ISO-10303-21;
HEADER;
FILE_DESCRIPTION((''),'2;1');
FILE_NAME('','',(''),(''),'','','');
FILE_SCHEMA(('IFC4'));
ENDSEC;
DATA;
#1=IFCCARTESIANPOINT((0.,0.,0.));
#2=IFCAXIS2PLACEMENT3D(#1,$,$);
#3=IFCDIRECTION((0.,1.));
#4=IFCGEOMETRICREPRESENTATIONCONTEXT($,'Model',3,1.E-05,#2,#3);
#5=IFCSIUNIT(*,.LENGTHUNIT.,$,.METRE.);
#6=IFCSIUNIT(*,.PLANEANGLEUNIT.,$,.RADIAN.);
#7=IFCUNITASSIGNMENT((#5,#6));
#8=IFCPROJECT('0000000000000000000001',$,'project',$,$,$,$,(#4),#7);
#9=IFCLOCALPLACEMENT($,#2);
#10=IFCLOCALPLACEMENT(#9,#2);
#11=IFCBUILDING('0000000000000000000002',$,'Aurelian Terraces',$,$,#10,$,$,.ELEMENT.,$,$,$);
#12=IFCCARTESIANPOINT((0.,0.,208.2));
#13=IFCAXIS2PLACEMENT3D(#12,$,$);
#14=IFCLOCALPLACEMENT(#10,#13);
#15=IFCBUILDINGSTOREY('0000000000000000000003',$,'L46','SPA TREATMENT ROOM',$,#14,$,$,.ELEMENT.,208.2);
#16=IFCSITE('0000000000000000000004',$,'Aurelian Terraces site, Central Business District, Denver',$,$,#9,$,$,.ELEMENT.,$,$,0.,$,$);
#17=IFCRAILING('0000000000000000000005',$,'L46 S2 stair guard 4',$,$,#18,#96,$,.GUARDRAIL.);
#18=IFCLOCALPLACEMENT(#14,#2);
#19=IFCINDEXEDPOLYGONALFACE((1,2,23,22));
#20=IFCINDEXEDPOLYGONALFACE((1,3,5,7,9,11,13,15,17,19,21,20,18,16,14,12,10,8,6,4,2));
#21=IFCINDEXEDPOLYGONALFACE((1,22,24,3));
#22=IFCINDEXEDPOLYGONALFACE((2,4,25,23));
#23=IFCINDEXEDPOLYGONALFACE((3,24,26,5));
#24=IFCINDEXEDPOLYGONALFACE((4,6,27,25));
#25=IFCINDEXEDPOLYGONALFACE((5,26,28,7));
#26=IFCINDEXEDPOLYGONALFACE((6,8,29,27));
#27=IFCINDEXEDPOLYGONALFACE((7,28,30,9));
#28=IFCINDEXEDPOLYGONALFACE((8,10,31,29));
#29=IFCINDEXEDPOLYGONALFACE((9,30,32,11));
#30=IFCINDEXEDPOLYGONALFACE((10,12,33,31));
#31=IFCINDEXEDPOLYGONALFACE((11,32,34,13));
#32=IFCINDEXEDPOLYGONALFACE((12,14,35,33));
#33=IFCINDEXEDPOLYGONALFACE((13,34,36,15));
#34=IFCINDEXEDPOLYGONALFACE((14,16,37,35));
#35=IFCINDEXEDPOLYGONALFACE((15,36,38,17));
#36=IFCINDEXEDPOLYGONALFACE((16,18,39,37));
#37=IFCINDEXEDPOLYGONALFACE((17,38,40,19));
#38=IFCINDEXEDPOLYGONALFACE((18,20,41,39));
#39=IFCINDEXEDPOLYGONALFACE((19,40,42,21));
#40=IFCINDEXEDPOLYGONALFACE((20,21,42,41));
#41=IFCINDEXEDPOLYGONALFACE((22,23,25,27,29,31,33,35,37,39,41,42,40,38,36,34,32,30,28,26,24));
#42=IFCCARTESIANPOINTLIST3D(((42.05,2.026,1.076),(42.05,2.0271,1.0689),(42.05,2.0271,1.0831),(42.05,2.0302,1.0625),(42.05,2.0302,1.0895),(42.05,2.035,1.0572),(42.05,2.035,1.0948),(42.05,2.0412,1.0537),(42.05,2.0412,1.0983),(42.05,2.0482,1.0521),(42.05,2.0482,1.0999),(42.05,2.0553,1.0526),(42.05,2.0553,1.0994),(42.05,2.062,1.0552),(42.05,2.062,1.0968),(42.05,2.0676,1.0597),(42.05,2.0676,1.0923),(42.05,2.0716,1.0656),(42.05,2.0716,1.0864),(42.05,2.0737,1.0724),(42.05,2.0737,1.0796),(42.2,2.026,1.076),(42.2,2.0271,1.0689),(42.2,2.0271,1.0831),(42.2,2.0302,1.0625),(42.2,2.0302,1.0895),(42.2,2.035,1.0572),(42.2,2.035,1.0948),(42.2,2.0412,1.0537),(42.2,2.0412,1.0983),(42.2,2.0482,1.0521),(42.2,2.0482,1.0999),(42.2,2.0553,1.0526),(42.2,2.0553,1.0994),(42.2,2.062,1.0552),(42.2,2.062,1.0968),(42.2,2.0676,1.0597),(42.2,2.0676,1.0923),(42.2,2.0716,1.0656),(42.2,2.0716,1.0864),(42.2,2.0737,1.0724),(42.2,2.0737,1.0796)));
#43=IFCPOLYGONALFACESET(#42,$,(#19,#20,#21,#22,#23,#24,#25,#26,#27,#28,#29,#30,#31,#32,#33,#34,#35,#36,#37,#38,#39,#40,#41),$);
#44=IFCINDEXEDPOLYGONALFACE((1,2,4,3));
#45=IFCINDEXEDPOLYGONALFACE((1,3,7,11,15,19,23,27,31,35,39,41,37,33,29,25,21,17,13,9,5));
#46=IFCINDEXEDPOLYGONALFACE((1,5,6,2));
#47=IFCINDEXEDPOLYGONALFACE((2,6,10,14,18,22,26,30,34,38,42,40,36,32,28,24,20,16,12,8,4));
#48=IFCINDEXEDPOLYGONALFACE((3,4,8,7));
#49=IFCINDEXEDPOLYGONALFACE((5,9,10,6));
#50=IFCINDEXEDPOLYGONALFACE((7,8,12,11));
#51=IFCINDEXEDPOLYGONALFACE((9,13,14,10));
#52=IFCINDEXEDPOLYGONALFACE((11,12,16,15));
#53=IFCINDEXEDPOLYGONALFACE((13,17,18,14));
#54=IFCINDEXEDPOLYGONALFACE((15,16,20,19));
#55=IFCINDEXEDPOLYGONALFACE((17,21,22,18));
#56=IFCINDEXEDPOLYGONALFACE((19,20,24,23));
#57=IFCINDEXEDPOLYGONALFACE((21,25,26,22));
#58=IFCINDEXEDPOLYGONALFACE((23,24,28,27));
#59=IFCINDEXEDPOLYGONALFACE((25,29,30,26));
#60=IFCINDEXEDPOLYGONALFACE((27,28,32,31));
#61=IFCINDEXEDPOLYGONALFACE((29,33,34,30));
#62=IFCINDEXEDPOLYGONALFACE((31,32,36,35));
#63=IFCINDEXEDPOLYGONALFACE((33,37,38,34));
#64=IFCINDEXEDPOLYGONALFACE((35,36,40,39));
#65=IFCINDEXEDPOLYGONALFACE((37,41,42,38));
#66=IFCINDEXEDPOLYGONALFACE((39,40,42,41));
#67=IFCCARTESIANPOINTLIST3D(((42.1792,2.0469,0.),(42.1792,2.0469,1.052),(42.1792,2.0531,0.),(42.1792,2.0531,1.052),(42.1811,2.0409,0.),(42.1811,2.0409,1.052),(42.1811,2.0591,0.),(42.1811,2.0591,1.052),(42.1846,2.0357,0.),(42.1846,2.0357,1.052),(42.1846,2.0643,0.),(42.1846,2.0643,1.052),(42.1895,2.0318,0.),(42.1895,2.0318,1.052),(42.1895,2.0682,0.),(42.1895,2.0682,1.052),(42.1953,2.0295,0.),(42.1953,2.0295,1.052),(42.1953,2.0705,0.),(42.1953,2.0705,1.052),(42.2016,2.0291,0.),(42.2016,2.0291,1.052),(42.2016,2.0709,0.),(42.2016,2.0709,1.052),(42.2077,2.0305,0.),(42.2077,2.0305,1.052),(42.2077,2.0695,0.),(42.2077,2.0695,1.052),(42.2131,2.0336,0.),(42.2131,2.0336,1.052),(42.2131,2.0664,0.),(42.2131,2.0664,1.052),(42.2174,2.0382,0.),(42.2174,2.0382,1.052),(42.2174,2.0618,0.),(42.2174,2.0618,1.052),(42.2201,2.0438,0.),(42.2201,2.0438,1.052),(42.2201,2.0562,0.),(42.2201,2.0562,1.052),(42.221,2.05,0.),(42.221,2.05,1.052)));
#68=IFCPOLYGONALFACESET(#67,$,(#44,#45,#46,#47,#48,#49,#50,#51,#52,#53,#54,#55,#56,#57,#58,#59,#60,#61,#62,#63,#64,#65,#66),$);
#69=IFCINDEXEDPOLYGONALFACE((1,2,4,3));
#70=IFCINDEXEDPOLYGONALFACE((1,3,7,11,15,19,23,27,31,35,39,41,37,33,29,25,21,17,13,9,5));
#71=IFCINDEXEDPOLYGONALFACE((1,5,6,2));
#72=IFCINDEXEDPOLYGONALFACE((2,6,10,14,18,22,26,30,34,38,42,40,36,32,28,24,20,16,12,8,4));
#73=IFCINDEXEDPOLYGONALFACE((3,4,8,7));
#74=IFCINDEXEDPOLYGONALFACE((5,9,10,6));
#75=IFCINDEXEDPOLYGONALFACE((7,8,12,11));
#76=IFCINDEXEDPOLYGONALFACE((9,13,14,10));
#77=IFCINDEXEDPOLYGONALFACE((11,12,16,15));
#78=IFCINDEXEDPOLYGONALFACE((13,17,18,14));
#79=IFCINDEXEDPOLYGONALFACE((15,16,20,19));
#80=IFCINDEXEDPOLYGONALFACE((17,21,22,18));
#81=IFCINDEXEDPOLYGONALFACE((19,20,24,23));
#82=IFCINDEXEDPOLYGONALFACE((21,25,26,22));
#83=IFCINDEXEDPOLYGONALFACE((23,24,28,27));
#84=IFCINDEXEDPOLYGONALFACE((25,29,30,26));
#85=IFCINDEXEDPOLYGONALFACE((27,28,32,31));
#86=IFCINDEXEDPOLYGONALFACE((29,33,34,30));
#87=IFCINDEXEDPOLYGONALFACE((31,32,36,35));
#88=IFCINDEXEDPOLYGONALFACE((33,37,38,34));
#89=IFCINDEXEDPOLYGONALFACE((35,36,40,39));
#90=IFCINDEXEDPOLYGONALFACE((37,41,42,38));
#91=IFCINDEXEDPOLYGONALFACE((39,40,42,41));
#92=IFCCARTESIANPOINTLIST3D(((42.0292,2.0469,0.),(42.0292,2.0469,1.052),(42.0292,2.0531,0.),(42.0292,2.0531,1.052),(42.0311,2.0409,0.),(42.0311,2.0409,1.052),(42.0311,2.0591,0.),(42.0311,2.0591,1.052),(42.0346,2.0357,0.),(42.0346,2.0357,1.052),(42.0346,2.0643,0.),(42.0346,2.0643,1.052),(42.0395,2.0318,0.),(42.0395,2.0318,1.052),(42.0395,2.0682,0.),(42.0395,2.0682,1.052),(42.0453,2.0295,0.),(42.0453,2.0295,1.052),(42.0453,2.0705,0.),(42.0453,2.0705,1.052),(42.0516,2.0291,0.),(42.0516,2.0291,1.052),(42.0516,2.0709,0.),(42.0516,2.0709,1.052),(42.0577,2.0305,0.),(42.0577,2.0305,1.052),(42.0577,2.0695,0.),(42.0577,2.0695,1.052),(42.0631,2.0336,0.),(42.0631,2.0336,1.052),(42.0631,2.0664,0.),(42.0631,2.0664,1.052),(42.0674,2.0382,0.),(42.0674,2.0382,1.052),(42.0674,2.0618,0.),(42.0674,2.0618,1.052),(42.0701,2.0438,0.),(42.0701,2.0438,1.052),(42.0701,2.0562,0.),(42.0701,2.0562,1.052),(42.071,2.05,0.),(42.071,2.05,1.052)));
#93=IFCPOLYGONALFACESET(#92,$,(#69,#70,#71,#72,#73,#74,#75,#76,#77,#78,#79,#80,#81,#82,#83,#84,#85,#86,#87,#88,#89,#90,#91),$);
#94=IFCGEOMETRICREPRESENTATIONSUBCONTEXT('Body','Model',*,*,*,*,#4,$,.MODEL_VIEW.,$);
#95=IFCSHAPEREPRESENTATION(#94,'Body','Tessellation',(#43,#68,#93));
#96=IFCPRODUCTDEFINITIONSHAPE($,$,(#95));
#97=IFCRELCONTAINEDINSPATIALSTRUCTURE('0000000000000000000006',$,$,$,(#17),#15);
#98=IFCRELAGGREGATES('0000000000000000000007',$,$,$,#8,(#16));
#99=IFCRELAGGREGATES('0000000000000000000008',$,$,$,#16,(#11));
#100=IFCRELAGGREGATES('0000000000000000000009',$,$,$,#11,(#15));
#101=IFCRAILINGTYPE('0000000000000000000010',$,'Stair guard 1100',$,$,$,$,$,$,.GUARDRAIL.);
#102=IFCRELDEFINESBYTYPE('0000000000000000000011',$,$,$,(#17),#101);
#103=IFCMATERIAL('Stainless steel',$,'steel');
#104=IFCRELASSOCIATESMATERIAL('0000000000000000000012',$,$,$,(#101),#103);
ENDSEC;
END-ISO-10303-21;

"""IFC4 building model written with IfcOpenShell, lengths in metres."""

from ifc_helpers import new_model, si_unit, direction, frame, origin, origin_2d, place, context, subcontext, project, spatial, circle, extrude, source, transform, mapped, material, type_object, element, save


model = new_model("IFC4")

# Units and contexts
model_context = context("Model", 3, precision=1e-05, world=origin(), true_north=direction((0.0, 1.0)))
body_context = subcontext(model_context, "Body", "Model", "MODEL_VIEW")
ifc_project = project(units=[si_unit("LENGTHUNIT", "METRE"), si_unit("PLANEANGLEUNIT", "RADIAN")], contexts=[model_context])

# Site, building, storey
site_placement = place(None, origin())
site = spatial("IfcSite", under=ifc_project, at=site_placement, Name="Aurelian Terraces site, Central Business District, Denver", CompositionType="ELEMENT", RefElevation=0.0)
building_placement = place(site_placement, origin())
building = spatial("IfcBuilding", under=site, at=building_placement, Name="Aurelian Terraces", CompositionType="ELEMENT")
storey_placement = place(building_placement, frame((0.0, 0.0, 208.2)))
storey = spatial("IfcBuildingStorey", under=building, at=storey_placement, Name="L46", Description="SPA TREATMENT ROOM", CompositionType="ELEMENT", Elevation=208.2)

# Railing
ifc_material_1 = material(Name="Stainless steel", Category="steel")
railing_type = type_object("IfcRailingType", Name="Stair guard 1100", PredefinedType="GUARDRAIL", material=ifc_material_1)
shared_shape_1 = source(origin(), body_context, "Body", "SweptSolid", [
    extrude(circle(Radius=0.024, at=origin_2d()), frame((0.0, 0.0, 1.076), z_axis=(-1.0, 0.0, 0.0), x_axis=(0.0, -1.0, 0.0)), (0.0, 0.0, 1.0), 0.15),
    extrude(circle(Radius=0.021, at=origin_2d()), origin(), (0.0, 0.0, 1.0), 1.052),
    extrude(circle(Radius=0.021, at=origin_2d()), frame((-0.15, 0.0, 0.0)), (0.0, 0.0, 1.0), 1.052),
])
railing_1_placement = place(storey_placement, frame((42.2, 2.05, 0.0)))
element("IfcRailing", 1, at=railing_1_placement, inside=storey, type_object=railing_type, Name="L46 S2 stair guard 4", PredefinedType="GUARDRAIL", context=body_context, shape_type="MappedRepresentation", body=[
    mapped(shared_shape_1, transform((0.0, 0.0, 0.0), scale=1.0)),
])

save(model, "model.ifc")
